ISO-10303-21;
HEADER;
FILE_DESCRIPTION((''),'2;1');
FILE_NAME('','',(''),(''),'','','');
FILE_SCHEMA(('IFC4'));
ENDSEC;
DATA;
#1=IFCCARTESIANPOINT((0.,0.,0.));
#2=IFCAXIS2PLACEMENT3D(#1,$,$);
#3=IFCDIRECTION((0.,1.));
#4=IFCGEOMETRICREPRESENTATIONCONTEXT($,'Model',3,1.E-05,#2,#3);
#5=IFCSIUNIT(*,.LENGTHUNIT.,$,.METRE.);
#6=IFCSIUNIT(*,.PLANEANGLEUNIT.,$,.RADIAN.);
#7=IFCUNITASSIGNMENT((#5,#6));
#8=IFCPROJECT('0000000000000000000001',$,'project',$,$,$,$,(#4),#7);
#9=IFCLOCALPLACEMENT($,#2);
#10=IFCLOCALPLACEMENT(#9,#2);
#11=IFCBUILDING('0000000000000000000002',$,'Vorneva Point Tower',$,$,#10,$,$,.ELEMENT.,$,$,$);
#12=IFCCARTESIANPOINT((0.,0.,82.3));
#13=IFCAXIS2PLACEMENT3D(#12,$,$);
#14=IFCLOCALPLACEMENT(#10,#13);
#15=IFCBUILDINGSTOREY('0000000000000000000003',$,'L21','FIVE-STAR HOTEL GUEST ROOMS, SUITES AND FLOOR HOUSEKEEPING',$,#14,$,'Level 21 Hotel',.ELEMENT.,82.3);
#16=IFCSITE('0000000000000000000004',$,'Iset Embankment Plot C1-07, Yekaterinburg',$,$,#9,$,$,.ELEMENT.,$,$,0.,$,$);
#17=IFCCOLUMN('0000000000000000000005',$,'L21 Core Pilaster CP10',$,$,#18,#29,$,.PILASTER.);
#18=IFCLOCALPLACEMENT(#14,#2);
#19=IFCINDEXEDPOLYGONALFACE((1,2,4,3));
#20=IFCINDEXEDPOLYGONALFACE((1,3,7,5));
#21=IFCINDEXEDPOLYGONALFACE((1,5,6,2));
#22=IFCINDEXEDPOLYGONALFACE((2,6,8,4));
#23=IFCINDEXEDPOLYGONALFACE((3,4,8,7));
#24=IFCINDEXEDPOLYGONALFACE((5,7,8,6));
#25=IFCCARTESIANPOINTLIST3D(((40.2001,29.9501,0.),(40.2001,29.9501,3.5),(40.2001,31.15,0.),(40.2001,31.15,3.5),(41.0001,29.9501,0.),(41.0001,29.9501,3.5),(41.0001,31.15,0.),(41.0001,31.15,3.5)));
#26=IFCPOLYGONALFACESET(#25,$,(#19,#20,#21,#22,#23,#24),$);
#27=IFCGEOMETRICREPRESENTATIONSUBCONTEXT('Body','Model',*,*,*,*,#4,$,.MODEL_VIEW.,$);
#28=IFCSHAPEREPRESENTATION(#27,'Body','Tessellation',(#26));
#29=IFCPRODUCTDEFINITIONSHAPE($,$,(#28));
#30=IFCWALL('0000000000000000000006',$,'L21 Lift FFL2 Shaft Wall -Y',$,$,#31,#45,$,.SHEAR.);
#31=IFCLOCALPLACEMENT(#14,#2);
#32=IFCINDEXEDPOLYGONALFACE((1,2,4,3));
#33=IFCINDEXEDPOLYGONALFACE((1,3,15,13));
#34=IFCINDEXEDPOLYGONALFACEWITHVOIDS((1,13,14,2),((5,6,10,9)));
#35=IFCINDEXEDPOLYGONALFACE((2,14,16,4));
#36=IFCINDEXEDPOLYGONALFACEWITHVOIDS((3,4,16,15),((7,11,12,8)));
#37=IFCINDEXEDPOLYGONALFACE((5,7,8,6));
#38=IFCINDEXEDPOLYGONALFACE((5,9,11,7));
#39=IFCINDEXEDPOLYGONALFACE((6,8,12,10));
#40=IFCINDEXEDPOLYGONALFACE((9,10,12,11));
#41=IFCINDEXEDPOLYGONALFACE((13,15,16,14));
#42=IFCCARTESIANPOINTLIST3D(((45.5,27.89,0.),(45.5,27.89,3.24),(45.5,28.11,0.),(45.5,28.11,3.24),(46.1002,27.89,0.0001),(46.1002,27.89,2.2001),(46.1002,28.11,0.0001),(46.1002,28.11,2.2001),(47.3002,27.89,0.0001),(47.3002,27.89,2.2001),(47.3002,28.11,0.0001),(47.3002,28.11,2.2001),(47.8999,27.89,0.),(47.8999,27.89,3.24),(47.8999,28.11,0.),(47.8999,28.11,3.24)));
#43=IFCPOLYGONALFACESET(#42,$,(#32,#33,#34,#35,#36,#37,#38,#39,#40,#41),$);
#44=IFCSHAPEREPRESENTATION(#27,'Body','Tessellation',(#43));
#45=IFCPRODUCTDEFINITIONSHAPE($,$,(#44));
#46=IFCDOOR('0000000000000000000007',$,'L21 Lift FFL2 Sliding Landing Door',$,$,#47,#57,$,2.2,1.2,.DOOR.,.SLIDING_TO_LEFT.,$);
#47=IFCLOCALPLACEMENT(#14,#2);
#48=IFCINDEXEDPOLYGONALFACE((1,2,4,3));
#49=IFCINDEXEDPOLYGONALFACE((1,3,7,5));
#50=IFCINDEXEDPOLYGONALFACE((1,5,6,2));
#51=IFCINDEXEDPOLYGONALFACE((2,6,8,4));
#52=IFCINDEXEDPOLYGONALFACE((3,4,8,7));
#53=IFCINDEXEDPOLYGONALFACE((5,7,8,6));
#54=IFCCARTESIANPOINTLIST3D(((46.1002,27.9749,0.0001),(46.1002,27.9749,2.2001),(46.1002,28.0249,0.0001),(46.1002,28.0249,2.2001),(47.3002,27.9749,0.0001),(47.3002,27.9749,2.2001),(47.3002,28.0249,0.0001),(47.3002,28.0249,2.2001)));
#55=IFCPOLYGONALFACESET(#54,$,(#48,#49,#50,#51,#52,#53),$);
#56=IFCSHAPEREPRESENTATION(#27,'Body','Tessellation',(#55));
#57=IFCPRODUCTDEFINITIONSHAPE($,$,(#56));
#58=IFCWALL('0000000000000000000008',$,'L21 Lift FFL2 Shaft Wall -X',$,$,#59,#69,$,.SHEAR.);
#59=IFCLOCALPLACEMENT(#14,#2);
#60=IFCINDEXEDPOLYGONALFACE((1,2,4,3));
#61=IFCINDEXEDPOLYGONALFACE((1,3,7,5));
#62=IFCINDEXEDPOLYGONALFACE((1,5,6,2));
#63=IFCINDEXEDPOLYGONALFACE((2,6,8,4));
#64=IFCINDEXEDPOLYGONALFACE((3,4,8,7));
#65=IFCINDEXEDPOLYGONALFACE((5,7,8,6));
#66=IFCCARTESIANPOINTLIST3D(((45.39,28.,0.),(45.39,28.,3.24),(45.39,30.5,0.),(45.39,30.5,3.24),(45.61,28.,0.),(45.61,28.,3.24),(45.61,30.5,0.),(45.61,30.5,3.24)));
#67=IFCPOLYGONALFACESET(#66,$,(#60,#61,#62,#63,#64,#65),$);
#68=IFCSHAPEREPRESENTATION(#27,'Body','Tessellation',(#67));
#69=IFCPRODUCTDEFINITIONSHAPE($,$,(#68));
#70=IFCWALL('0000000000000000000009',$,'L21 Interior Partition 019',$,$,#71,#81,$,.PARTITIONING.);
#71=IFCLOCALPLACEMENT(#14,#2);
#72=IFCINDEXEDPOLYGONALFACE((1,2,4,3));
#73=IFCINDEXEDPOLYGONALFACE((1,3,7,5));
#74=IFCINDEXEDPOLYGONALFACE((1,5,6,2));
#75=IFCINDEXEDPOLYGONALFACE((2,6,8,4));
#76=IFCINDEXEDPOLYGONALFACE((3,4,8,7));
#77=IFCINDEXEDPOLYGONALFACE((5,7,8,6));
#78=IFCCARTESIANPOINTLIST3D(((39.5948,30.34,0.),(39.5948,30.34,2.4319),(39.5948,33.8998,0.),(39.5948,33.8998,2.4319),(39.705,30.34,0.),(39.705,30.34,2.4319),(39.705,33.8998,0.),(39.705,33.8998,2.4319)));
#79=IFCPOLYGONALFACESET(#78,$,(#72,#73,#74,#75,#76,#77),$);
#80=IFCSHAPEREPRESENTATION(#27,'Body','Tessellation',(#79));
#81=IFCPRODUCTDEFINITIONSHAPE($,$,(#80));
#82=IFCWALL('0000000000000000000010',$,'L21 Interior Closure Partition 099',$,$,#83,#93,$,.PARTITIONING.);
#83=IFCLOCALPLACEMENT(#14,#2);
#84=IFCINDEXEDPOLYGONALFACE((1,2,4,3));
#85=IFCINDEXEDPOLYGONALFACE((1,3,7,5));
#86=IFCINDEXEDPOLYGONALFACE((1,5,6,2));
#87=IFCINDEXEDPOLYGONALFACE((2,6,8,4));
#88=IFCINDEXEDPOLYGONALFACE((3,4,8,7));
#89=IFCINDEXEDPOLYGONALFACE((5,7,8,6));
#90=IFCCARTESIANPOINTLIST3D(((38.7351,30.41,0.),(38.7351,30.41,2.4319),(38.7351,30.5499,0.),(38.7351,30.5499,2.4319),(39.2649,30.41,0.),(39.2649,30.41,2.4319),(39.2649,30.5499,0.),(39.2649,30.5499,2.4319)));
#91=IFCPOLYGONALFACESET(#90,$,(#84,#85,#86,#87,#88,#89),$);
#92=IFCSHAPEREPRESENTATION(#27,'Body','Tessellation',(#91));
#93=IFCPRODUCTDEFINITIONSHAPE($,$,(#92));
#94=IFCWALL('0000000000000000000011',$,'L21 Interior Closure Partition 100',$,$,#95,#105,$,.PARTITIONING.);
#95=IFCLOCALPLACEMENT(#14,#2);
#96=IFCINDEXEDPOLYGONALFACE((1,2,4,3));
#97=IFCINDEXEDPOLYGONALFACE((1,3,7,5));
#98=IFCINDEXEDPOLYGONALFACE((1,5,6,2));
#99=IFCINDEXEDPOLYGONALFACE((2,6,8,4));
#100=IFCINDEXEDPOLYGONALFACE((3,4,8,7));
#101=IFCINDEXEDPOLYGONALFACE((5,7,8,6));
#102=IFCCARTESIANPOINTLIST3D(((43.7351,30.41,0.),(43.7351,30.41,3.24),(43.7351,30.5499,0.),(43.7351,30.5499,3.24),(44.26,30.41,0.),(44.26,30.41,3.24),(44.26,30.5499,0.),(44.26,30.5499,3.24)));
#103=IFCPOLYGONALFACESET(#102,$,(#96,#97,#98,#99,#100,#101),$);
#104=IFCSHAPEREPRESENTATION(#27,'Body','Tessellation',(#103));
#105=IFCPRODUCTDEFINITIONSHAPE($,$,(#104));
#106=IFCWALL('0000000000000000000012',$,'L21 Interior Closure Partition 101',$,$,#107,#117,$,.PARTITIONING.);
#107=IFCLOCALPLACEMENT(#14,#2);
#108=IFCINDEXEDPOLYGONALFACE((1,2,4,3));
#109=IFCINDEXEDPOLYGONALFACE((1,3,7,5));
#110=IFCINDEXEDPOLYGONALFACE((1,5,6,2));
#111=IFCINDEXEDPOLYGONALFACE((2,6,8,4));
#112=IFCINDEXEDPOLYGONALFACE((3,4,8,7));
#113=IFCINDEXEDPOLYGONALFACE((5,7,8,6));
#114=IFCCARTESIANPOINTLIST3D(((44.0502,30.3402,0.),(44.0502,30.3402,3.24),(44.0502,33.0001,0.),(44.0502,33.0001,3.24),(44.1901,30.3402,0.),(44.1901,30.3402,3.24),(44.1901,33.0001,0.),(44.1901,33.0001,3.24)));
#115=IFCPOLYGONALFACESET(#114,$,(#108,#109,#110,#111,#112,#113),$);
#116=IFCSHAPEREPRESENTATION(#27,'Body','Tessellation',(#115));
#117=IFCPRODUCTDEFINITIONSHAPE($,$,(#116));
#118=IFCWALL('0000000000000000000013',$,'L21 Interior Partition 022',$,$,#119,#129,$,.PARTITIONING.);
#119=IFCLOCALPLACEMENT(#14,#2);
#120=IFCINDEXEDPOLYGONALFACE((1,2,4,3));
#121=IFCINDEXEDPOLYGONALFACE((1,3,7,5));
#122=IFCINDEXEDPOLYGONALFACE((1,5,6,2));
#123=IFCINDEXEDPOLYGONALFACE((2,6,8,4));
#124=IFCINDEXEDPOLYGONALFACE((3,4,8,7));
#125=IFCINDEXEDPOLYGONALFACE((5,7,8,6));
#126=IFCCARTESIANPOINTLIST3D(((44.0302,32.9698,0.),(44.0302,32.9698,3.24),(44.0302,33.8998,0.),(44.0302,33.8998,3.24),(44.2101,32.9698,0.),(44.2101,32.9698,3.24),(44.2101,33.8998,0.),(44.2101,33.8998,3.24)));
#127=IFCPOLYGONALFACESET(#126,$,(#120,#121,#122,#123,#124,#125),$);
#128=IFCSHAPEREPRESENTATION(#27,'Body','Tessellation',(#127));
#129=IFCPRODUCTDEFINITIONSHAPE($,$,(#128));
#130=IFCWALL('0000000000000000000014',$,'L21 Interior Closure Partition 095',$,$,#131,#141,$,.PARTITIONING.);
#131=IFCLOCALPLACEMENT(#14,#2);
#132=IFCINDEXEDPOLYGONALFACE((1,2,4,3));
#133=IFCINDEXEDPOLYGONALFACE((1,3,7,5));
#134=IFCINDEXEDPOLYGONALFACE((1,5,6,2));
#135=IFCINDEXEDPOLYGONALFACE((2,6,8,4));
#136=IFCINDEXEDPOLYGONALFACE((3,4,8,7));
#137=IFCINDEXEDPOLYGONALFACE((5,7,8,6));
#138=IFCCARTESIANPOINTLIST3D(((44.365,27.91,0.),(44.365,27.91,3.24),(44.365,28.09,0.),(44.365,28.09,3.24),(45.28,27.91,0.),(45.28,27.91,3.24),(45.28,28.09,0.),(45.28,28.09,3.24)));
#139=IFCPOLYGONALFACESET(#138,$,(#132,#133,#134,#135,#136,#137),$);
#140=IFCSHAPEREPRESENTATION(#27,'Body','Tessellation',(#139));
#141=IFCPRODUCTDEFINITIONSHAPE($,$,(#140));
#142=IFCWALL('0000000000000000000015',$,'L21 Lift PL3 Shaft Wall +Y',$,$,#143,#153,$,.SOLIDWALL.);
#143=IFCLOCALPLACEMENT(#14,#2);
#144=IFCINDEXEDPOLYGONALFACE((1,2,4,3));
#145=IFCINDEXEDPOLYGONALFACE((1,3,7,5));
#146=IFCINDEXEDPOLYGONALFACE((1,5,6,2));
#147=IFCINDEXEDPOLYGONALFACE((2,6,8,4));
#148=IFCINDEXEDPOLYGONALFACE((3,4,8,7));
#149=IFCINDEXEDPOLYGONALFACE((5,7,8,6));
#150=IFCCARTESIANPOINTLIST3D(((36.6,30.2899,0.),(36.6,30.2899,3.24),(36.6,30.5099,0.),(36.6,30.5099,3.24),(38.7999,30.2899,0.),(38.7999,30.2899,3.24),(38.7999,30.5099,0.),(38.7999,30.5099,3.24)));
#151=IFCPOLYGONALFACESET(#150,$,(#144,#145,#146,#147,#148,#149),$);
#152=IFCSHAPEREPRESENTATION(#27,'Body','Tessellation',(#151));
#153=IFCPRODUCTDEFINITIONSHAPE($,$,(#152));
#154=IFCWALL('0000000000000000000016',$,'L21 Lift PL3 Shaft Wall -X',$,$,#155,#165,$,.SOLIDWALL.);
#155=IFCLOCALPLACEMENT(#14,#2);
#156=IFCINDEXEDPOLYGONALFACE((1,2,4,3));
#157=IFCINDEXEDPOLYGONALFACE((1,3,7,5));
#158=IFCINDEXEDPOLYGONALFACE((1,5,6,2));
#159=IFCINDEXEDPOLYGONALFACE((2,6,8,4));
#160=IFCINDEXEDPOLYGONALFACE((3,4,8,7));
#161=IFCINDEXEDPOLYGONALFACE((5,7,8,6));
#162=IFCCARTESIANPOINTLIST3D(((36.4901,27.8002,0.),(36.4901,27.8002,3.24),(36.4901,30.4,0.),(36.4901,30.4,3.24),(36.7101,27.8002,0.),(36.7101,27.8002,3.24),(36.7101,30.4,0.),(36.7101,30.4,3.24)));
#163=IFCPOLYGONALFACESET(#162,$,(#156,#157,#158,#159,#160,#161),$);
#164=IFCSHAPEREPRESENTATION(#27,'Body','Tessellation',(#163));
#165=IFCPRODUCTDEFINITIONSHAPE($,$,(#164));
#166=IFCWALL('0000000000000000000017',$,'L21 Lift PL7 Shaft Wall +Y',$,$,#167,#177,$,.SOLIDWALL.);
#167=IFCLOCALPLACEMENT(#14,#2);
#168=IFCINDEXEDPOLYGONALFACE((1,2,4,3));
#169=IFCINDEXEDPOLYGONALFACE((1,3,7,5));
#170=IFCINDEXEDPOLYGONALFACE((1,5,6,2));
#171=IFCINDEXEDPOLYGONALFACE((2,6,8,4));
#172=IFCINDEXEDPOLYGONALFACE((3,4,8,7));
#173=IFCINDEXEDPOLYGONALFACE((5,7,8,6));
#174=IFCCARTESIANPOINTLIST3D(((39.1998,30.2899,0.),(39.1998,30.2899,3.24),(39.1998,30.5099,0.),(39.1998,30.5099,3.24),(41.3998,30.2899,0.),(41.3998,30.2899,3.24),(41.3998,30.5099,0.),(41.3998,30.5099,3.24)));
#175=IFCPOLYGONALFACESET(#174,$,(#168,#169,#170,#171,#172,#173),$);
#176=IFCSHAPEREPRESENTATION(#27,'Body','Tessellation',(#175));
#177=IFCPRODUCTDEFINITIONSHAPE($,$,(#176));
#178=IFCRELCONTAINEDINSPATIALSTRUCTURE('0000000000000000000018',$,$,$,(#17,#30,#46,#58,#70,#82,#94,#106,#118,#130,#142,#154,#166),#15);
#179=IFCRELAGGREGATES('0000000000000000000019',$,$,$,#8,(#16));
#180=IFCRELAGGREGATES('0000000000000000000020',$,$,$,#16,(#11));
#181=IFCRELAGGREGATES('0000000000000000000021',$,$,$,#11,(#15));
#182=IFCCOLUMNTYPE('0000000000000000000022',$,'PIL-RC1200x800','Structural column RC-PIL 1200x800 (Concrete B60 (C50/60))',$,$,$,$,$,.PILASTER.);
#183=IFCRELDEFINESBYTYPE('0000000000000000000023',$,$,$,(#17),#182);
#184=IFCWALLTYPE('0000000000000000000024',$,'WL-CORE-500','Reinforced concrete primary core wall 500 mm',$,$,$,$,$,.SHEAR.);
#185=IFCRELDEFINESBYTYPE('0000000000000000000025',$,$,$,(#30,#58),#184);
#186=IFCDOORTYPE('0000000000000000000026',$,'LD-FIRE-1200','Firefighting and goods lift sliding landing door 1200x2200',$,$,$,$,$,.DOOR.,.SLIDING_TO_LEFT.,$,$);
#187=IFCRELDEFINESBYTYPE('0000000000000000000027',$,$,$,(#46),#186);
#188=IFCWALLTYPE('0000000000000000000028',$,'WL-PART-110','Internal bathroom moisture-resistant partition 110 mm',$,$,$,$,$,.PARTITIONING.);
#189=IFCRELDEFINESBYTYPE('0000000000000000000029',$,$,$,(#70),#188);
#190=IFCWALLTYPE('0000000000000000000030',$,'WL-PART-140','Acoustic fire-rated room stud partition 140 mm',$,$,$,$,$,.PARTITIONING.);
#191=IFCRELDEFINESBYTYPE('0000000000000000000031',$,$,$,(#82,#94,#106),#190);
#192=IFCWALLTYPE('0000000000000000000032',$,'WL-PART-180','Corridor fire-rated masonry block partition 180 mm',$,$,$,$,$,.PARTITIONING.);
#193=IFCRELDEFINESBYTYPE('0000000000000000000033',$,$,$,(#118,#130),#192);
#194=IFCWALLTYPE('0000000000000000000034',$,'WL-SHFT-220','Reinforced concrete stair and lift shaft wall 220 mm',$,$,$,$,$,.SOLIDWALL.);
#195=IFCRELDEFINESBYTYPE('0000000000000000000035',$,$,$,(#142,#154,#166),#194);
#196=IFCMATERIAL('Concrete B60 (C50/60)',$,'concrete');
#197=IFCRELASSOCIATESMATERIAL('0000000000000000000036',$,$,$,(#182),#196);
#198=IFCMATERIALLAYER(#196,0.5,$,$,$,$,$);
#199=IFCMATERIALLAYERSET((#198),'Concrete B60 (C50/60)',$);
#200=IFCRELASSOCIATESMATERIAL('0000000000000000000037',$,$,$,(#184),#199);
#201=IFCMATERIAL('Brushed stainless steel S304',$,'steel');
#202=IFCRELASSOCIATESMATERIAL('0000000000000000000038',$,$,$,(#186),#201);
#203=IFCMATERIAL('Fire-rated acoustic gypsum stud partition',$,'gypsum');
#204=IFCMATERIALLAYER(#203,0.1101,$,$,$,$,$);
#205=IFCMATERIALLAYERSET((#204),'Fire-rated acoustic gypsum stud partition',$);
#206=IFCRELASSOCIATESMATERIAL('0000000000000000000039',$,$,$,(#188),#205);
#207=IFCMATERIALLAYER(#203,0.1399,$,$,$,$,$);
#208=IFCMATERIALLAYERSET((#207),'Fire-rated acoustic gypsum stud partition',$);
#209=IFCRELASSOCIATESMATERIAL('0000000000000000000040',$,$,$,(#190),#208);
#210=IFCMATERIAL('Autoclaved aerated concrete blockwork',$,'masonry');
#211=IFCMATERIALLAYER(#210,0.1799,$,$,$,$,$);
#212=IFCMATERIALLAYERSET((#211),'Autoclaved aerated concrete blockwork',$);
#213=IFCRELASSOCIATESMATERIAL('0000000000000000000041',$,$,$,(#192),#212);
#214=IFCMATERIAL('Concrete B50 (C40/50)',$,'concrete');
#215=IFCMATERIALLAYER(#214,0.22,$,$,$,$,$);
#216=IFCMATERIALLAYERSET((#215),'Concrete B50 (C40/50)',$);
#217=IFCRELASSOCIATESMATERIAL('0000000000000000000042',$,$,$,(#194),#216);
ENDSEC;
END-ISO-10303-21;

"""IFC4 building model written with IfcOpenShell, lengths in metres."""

from ifc_helpers import new_model, si_unit, direction, frame, frame_2d, origin, origin_2d, place, context, subcontext, project, spatial, rectangle, extrude, material, layer, layer_set, material_profile, profile_set, type_object, element, fill, save


model = new_model("IFC4")

# Units and contexts
model_context = context("Model", 3, precision=1e-05, world=origin(), true_north=direction((0.0, 1.0)))
body_context = subcontext(model_context, "Body", "Model", "MODEL_VIEW")
ifc_project = project(units=[si_unit("LENGTHUNIT", "METRE"), si_unit("PLANEANGLEUNIT", "RADIAN")], contexts=[model_context])

# Site, building, storey
site_placement = place(None, origin())
site = spatial("IfcSite", under=ifc_project, at=site_placement, Name="Iset Embankment Plot C1-07, Yekaterinburg", CompositionType="ELEMENT", RefElevation=0.0)
building_placement = place(site_placement, origin())
building = spatial("IfcBuilding", under=site, at=building_placement, Name="Vorneva Point Tower", CompositionType="ELEMENT")
storey_placement = place(building_placement, frame((0.0, 0.0, 82.3)))
storey = spatial("IfcBuildingStorey", under=building, at=storey_placement, Name="L21", Description="FIVE-STAR HOTEL GUEST ROOMS, SUITES AND FLOOR HOUSEKEEPING", LongName="Level 21 Hotel", CompositionType="ELEMENT", Elevation=82.3)

# Column
ifc_material_1 = material(Name="Concrete B60 (C50/60)", Category="concrete")
ifc_material_profile = material_profile(ifc_material_1, rectangle(XDim=0.8, YDim=1.2, at=origin_2d()), Name="RC-PIL 1200x800")
ifc_profile_set = profile_set([ifc_material_profile], Name="Concrete B60 (C50/60)")
column_type = type_object("IfcColumnType", Name="PIL-RC1200x800", Description="Structural column RC-PIL 1200x800 (Concrete B60 (C50/60))", PredefinedType="PILASTER", material=ifc_profile_set)
column_placement = place(storey_placement, frame((40.6001, 30.55, 0.0), z_axis=(0.0, 0.0, 1.0), x_axis=(1.0, 0.0, 0.0)))
element("IfcColumn", 1, at=column_placement, inside=storey, type_object=column_type, Name="L21 Core Pilaster CP10", PredefinedType="PILASTER", context=body_context, shape_type="SweptSolid", body=[
    extrude(rectangle(XDim=0.8, YDim=1.2, at=origin_2d()), origin(), (0.0, 0.0, 1.0), 3.5),
])

# Wall, opening, door
ifc_layer_1 = layer(ifc_material_1, 0.5)
ifc_layer_set_1 = layer_set([ifc_layer_1], Name="Concrete B60 (C50/60)")
wall_type_1 = type_object("IfcWallType", Name="WL-CORE-500", Description="Reinforced concrete primary core wall 500 mm", PredefinedType="SHEAR", material=ifc_layer_set_1)
wall_1_placement = place(storey_placement, frame((45.5, 28.0, 0.0), z_axis=(0.0, 0.0, 1.0), x_axis=(1.0, 0.0, 0.0)))
wall_1 = element("IfcWall", 2, at=wall_1_placement, inside=storey, type_object=wall_type_1, Name="L21 Lift FFL2 Shaft Wall -Y", PredefinedType="SHEAR", context=body_context, shape_type="SweptSolid", body=[
    extrude(rectangle(XDim=2.3999, YDim=0.22, at=frame_2d((1.2, 0.0))), origin(), (0.0, 0.0, 1.0), 3.24),
])
opening_1_placement = place(wall_1_placement, frame((0.6001, 0.0, 0.0)))
opening_1 = element("IfcOpeningElement", 3, at=opening_1_placement, cuts=wall_1, PredefinedType="OPENING", context=body_context, shape_type="SweptSolid", body=[
    extrude(rectangle(XDim=1.2, YDim=2.2, at=frame_2d((0.6001, 1.1001))), frame((0.0, 0.125, 0.0), z_axis=(0.0, -1.0, 0.0), x_axis=(1.0, 0.0, 0.0)), (0.0, 0.0, 1.0), 0.2498),
])
ifc_material_2 = material(Name="Brushed stainless steel S304", Category="steel")
door_type_1 = type_object("IfcDoorType", Name="LD-FIRE-1200", Description="Firefighting and goods lift sliding landing door 1200x2200", OperationType="SLIDING_TO_LEFT", PredefinedType="DOOR", material=ifc_material_2)
door_1_placement = place(opening_1_placement, origin())
door_1 = element("IfcDoor", 4, at=door_1_placement, inside=storey, type_object=door_type_1, Name="L21 Lift FFL2 Sliding Landing Door", OperationType="SLIDING_TO_LEFT", OverallHeight=2.2, OverallWidth=1.2, PredefinedType="DOOR", context=body_context, shape_type="SweptSolid", body=[
    extrude(rectangle(XDim=1.2, YDim=2.2, at=frame_2d((0.6001, 1.1001))), frame((0.0, 0.0249, 0.0), z_axis=(0.0, -1.0, 0.0), x_axis=(1.0, 0.0, 0.0)), (0.0, 0.0, 1.0), 0.05),
])
fill(opening_1, door_1)

# Walls
wall_2_placement = place(storey_placement, frame((45.5, 30.5, 0.0), z_axis=(0.0, 0.0, 1.0), x_axis=(0.0, -1.0, 0.0)))
element("IfcWall", 5, at=wall_2_placement, inside=storey, type_object=wall_type_1, Name="L21 Lift FFL2 Shaft Wall -X", PredefinedType="SHEAR", context=body_context, shape_type="SweptSolid", body=[
    extrude(rectangle(XDim=2.5, YDim=0.22, at=frame_2d((1.25, 0.0))), origin(), (0.0, 0.0, 1.0), 3.24),
])
ifc_material_3 = material(Name="Fire-rated acoustic gypsum stud partition", Category="gypsum")
ifc_layer_2 = layer(ifc_material_3, 0.1101)
ifc_layer_set_2 = layer_set([ifc_layer_2], Name="Fire-rated acoustic gypsum stud partition")
wall_type_2 = type_object("IfcWallType", Name="WL-PART-110", Description="Internal bathroom moisture-resistant partition 110 mm", PredefinedType="PARTITIONING", material=ifc_layer_set_2)
wall_3_placement = place(storey_placement, frame((39.6499, 30.3401, 0.0), z_axis=(0.0, 0.0, 1.0), x_axis=(0.0, 1.0, 0.0)))
element("IfcWall", 6, at=wall_3_placement, inside=storey, type_object=wall_type_2, Name="L21 Interior Partition 019", PredefinedType="PARTITIONING", context=body_context, shape_type="SweptSolid", body=[
    extrude(rectangle(XDim=3.5598, YDim=0.1101, at=frame_2d((1.7798, 0.0))), origin(), (0.0, 0.0, 1.0), 2.4319),
])
ifc_layer_3 = layer(ifc_material_3, 0.1399)
ifc_layer_set_3 = layer_set([ifc_layer_3], Name="Fire-rated acoustic gypsum stud partition")
wall_type_3 = type_object("IfcWallType", Name="WL-PART-140", Description="Acoustic fire-rated room stud partition 140 mm", PredefinedType="PARTITIONING", material=ifc_layer_set_3)
wall_4_placement = place(storey_placement, frame((38.7351, 30.48, 0.0), z_axis=(0.0, 0.0, 1.0), x_axis=(1.0, 0.0, 0.0)))
element("IfcWall", 7, at=wall_4_placement, inside=storey, type_object=wall_type_3, Name="L21 Interior Closure Partition 099", PredefinedType="PARTITIONING", context=body_context, shape_type="SweptSolid", body=[
    extrude(rectangle(XDim=0.5298, YDim=0.1399, at=frame_2d((0.2649, 0.0))), origin(), (0.0, 0.0, 1.0), 2.4319),
])
wall_5_placement = place(storey_placement, frame((43.7351, 30.48, 0.0), z_axis=(0.0, 0.0, 1.0), x_axis=(1.0, 0.0, 0.0)))
element("IfcWall", 8, at=wall_5_placement, inside=storey, type_object=wall_type_3, Name="L21 Interior Closure Partition 100", PredefinedType="PARTITIONING", context=body_context, shape_type="SweptSolid", body=[
    extrude(rectangle(XDim=0.5249, YDim=0.1399, at=frame_2d((0.2625, 0.0))), origin(), (0.0, 0.0, 1.0), 3.24),
])
wall_6_placement = place(storey_placement, frame((44.1201, 30.3401, 0.0), z_axis=(0.0, 0.0, 1.0), x_axis=(0.0, 1.0, 0.0)))
element("IfcWall", 9, at=wall_6_placement, inside=storey, type_object=wall_type_3, Name="L21 Interior Closure Partition 101", PredefinedType="PARTITIONING", context=body_context, shape_type="SweptSolid", body=[
    extrude(rectangle(XDim=2.6599, YDim=0.1399, at=frame_2d((1.3301, 0.0))), origin(), (0.0, 0.0, 1.0), 3.24),
])

# Shared definitions
ifc_material_4 = material(Name="Autoclaved aerated concrete blockwork", Category="masonry")
ifc_layer_4 = layer(ifc_material_4, 0.1799)
ifc_layer_set_4 = layer_set([ifc_layer_4], Name="Autoclaved aerated concrete blockwork")
wall_type_4 = type_object("IfcWallType", Name="WL-PART-180", Description="Corridor fire-rated masonry block partition 180 mm", PredefinedType="PARTITIONING", material=ifc_layer_set_4)

# Walls
wall_7_placement = place(storey_placement, frame((44.1201, 32.97, 0.0), z_axis=(0.0, 0.0, 1.0), x_axis=(0.0, 1.0, 0.0)))
element("IfcWall", 10, at=wall_7_placement, inside=storey, type_object=wall_type_4, Name="L21 Interior Partition 022", PredefinedType="PARTITIONING", context=body_context, shape_type="SweptSolid", body=[
    extrude(rectangle(XDim=0.9299, YDim=0.1799, at=frame_2d((0.4648, 0.0))), origin(), (0.0, 0.0, 1.0), 3.24),
])
wall_8_placement = place(storey_placement, frame((45.28, 28.0, 0.0), z_axis=(0.0, 0.0, 1.0), x_axis=(-1.0, 0.0, 0.0)))
element("IfcWall", 11, at=wall_8_placement, inside=storey, type_object=wall_type_4, Name="L21 Interior Closure Partition 095", PredefinedType="PARTITIONING", context=body_context, shape_type="SweptSolid", body=[
    extrude(rectangle(XDim=0.915, YDim=0.1799, at=frame_2d((0.4575, 0.0))), origin(), (0.0, 0.0, 1.0), 3.24),
])
ifc_material_5 = material(Name="Concrete B50 (C40/50)", Category="concrete")
ifc_layer_5 = layer(ifc_material_5, 0.22)
ifc_layer_set_5 = layer_set([ifc_layer_5], Name="Concrete B50 (C40/50)")
wall_type_5 = type_object("IfcWallType", Name="WL-SHFT-220", Description="Reinforced concrete stair and lift shaft wall 220 mm", PredefinedType="SOLIDWALL", material=ifc_layer_set_5)
wall_9_placement = place(storey_placement, frame((38.8, 30.3999, 0.0), z_axis=(0.0, 0.0, 1.0), x_axis=(-1.0, 0.0, 0.0)))
element("IfcWall", 12, at=wall_9_placement, inside=storey, type_object=wall_type_5, Name="L21 Lift PL3 Shaft Wall +Y", PredefinedType="SOLIDWALL", context=body_context, shape_type="SweptSolid", body=[
    extrude(rectangle(XDim=2.2, YDim=0.22, at=frame_2d((1.1001, 0.0))), origin(), (0.0, 0.0, 1.0), 3.24),
])
wall_10_placement = place(storey_placement, frame((36.6001, 30.3999, 0.0), z_axis=(0.0, 0.0, 1.0), x_axis=(0.0, -1.0, 0.0)))
element("IfcWall", 13, at=wall_10_placement, inside=storey, type_object=wall_type_5, Name="L21 Lift PL3 Shaft Wall -X", PredefinedType="SOLIDWALL", context=body_context, shape_type="SweptSolid", body=[
    extrude(rectangle(XDim=2.5999, YDim=0.22, at=frame_2d((1.2998, 0.0))), origin(), (0.0, 0.0, 1.0), 3.24),
])
wall_11_placement = place(storey_placement, frame((41.3999, 30.3999, 0.0), z_axis=(0.0, 0.0, 1.0), x_axis=(-1.0, 0.0, 0.0)))
element("IfcWall", 14, at=wall_11_placement, inside=storey, type_object=wall_type_5, Name="L21 Lift PL7 Shaft Wall +Y", PredefinedType="SOLIDWALL", context=body_context, shape_type="SweptSolid", body=[
    extrude(rectangle(XDim=2.2, YDim=0.22, at=frame_2d((1.1001, 0.0))), origin(), (0.0, 0.0, 1.0), 3.24),
])

save(model, "model.ifc")
